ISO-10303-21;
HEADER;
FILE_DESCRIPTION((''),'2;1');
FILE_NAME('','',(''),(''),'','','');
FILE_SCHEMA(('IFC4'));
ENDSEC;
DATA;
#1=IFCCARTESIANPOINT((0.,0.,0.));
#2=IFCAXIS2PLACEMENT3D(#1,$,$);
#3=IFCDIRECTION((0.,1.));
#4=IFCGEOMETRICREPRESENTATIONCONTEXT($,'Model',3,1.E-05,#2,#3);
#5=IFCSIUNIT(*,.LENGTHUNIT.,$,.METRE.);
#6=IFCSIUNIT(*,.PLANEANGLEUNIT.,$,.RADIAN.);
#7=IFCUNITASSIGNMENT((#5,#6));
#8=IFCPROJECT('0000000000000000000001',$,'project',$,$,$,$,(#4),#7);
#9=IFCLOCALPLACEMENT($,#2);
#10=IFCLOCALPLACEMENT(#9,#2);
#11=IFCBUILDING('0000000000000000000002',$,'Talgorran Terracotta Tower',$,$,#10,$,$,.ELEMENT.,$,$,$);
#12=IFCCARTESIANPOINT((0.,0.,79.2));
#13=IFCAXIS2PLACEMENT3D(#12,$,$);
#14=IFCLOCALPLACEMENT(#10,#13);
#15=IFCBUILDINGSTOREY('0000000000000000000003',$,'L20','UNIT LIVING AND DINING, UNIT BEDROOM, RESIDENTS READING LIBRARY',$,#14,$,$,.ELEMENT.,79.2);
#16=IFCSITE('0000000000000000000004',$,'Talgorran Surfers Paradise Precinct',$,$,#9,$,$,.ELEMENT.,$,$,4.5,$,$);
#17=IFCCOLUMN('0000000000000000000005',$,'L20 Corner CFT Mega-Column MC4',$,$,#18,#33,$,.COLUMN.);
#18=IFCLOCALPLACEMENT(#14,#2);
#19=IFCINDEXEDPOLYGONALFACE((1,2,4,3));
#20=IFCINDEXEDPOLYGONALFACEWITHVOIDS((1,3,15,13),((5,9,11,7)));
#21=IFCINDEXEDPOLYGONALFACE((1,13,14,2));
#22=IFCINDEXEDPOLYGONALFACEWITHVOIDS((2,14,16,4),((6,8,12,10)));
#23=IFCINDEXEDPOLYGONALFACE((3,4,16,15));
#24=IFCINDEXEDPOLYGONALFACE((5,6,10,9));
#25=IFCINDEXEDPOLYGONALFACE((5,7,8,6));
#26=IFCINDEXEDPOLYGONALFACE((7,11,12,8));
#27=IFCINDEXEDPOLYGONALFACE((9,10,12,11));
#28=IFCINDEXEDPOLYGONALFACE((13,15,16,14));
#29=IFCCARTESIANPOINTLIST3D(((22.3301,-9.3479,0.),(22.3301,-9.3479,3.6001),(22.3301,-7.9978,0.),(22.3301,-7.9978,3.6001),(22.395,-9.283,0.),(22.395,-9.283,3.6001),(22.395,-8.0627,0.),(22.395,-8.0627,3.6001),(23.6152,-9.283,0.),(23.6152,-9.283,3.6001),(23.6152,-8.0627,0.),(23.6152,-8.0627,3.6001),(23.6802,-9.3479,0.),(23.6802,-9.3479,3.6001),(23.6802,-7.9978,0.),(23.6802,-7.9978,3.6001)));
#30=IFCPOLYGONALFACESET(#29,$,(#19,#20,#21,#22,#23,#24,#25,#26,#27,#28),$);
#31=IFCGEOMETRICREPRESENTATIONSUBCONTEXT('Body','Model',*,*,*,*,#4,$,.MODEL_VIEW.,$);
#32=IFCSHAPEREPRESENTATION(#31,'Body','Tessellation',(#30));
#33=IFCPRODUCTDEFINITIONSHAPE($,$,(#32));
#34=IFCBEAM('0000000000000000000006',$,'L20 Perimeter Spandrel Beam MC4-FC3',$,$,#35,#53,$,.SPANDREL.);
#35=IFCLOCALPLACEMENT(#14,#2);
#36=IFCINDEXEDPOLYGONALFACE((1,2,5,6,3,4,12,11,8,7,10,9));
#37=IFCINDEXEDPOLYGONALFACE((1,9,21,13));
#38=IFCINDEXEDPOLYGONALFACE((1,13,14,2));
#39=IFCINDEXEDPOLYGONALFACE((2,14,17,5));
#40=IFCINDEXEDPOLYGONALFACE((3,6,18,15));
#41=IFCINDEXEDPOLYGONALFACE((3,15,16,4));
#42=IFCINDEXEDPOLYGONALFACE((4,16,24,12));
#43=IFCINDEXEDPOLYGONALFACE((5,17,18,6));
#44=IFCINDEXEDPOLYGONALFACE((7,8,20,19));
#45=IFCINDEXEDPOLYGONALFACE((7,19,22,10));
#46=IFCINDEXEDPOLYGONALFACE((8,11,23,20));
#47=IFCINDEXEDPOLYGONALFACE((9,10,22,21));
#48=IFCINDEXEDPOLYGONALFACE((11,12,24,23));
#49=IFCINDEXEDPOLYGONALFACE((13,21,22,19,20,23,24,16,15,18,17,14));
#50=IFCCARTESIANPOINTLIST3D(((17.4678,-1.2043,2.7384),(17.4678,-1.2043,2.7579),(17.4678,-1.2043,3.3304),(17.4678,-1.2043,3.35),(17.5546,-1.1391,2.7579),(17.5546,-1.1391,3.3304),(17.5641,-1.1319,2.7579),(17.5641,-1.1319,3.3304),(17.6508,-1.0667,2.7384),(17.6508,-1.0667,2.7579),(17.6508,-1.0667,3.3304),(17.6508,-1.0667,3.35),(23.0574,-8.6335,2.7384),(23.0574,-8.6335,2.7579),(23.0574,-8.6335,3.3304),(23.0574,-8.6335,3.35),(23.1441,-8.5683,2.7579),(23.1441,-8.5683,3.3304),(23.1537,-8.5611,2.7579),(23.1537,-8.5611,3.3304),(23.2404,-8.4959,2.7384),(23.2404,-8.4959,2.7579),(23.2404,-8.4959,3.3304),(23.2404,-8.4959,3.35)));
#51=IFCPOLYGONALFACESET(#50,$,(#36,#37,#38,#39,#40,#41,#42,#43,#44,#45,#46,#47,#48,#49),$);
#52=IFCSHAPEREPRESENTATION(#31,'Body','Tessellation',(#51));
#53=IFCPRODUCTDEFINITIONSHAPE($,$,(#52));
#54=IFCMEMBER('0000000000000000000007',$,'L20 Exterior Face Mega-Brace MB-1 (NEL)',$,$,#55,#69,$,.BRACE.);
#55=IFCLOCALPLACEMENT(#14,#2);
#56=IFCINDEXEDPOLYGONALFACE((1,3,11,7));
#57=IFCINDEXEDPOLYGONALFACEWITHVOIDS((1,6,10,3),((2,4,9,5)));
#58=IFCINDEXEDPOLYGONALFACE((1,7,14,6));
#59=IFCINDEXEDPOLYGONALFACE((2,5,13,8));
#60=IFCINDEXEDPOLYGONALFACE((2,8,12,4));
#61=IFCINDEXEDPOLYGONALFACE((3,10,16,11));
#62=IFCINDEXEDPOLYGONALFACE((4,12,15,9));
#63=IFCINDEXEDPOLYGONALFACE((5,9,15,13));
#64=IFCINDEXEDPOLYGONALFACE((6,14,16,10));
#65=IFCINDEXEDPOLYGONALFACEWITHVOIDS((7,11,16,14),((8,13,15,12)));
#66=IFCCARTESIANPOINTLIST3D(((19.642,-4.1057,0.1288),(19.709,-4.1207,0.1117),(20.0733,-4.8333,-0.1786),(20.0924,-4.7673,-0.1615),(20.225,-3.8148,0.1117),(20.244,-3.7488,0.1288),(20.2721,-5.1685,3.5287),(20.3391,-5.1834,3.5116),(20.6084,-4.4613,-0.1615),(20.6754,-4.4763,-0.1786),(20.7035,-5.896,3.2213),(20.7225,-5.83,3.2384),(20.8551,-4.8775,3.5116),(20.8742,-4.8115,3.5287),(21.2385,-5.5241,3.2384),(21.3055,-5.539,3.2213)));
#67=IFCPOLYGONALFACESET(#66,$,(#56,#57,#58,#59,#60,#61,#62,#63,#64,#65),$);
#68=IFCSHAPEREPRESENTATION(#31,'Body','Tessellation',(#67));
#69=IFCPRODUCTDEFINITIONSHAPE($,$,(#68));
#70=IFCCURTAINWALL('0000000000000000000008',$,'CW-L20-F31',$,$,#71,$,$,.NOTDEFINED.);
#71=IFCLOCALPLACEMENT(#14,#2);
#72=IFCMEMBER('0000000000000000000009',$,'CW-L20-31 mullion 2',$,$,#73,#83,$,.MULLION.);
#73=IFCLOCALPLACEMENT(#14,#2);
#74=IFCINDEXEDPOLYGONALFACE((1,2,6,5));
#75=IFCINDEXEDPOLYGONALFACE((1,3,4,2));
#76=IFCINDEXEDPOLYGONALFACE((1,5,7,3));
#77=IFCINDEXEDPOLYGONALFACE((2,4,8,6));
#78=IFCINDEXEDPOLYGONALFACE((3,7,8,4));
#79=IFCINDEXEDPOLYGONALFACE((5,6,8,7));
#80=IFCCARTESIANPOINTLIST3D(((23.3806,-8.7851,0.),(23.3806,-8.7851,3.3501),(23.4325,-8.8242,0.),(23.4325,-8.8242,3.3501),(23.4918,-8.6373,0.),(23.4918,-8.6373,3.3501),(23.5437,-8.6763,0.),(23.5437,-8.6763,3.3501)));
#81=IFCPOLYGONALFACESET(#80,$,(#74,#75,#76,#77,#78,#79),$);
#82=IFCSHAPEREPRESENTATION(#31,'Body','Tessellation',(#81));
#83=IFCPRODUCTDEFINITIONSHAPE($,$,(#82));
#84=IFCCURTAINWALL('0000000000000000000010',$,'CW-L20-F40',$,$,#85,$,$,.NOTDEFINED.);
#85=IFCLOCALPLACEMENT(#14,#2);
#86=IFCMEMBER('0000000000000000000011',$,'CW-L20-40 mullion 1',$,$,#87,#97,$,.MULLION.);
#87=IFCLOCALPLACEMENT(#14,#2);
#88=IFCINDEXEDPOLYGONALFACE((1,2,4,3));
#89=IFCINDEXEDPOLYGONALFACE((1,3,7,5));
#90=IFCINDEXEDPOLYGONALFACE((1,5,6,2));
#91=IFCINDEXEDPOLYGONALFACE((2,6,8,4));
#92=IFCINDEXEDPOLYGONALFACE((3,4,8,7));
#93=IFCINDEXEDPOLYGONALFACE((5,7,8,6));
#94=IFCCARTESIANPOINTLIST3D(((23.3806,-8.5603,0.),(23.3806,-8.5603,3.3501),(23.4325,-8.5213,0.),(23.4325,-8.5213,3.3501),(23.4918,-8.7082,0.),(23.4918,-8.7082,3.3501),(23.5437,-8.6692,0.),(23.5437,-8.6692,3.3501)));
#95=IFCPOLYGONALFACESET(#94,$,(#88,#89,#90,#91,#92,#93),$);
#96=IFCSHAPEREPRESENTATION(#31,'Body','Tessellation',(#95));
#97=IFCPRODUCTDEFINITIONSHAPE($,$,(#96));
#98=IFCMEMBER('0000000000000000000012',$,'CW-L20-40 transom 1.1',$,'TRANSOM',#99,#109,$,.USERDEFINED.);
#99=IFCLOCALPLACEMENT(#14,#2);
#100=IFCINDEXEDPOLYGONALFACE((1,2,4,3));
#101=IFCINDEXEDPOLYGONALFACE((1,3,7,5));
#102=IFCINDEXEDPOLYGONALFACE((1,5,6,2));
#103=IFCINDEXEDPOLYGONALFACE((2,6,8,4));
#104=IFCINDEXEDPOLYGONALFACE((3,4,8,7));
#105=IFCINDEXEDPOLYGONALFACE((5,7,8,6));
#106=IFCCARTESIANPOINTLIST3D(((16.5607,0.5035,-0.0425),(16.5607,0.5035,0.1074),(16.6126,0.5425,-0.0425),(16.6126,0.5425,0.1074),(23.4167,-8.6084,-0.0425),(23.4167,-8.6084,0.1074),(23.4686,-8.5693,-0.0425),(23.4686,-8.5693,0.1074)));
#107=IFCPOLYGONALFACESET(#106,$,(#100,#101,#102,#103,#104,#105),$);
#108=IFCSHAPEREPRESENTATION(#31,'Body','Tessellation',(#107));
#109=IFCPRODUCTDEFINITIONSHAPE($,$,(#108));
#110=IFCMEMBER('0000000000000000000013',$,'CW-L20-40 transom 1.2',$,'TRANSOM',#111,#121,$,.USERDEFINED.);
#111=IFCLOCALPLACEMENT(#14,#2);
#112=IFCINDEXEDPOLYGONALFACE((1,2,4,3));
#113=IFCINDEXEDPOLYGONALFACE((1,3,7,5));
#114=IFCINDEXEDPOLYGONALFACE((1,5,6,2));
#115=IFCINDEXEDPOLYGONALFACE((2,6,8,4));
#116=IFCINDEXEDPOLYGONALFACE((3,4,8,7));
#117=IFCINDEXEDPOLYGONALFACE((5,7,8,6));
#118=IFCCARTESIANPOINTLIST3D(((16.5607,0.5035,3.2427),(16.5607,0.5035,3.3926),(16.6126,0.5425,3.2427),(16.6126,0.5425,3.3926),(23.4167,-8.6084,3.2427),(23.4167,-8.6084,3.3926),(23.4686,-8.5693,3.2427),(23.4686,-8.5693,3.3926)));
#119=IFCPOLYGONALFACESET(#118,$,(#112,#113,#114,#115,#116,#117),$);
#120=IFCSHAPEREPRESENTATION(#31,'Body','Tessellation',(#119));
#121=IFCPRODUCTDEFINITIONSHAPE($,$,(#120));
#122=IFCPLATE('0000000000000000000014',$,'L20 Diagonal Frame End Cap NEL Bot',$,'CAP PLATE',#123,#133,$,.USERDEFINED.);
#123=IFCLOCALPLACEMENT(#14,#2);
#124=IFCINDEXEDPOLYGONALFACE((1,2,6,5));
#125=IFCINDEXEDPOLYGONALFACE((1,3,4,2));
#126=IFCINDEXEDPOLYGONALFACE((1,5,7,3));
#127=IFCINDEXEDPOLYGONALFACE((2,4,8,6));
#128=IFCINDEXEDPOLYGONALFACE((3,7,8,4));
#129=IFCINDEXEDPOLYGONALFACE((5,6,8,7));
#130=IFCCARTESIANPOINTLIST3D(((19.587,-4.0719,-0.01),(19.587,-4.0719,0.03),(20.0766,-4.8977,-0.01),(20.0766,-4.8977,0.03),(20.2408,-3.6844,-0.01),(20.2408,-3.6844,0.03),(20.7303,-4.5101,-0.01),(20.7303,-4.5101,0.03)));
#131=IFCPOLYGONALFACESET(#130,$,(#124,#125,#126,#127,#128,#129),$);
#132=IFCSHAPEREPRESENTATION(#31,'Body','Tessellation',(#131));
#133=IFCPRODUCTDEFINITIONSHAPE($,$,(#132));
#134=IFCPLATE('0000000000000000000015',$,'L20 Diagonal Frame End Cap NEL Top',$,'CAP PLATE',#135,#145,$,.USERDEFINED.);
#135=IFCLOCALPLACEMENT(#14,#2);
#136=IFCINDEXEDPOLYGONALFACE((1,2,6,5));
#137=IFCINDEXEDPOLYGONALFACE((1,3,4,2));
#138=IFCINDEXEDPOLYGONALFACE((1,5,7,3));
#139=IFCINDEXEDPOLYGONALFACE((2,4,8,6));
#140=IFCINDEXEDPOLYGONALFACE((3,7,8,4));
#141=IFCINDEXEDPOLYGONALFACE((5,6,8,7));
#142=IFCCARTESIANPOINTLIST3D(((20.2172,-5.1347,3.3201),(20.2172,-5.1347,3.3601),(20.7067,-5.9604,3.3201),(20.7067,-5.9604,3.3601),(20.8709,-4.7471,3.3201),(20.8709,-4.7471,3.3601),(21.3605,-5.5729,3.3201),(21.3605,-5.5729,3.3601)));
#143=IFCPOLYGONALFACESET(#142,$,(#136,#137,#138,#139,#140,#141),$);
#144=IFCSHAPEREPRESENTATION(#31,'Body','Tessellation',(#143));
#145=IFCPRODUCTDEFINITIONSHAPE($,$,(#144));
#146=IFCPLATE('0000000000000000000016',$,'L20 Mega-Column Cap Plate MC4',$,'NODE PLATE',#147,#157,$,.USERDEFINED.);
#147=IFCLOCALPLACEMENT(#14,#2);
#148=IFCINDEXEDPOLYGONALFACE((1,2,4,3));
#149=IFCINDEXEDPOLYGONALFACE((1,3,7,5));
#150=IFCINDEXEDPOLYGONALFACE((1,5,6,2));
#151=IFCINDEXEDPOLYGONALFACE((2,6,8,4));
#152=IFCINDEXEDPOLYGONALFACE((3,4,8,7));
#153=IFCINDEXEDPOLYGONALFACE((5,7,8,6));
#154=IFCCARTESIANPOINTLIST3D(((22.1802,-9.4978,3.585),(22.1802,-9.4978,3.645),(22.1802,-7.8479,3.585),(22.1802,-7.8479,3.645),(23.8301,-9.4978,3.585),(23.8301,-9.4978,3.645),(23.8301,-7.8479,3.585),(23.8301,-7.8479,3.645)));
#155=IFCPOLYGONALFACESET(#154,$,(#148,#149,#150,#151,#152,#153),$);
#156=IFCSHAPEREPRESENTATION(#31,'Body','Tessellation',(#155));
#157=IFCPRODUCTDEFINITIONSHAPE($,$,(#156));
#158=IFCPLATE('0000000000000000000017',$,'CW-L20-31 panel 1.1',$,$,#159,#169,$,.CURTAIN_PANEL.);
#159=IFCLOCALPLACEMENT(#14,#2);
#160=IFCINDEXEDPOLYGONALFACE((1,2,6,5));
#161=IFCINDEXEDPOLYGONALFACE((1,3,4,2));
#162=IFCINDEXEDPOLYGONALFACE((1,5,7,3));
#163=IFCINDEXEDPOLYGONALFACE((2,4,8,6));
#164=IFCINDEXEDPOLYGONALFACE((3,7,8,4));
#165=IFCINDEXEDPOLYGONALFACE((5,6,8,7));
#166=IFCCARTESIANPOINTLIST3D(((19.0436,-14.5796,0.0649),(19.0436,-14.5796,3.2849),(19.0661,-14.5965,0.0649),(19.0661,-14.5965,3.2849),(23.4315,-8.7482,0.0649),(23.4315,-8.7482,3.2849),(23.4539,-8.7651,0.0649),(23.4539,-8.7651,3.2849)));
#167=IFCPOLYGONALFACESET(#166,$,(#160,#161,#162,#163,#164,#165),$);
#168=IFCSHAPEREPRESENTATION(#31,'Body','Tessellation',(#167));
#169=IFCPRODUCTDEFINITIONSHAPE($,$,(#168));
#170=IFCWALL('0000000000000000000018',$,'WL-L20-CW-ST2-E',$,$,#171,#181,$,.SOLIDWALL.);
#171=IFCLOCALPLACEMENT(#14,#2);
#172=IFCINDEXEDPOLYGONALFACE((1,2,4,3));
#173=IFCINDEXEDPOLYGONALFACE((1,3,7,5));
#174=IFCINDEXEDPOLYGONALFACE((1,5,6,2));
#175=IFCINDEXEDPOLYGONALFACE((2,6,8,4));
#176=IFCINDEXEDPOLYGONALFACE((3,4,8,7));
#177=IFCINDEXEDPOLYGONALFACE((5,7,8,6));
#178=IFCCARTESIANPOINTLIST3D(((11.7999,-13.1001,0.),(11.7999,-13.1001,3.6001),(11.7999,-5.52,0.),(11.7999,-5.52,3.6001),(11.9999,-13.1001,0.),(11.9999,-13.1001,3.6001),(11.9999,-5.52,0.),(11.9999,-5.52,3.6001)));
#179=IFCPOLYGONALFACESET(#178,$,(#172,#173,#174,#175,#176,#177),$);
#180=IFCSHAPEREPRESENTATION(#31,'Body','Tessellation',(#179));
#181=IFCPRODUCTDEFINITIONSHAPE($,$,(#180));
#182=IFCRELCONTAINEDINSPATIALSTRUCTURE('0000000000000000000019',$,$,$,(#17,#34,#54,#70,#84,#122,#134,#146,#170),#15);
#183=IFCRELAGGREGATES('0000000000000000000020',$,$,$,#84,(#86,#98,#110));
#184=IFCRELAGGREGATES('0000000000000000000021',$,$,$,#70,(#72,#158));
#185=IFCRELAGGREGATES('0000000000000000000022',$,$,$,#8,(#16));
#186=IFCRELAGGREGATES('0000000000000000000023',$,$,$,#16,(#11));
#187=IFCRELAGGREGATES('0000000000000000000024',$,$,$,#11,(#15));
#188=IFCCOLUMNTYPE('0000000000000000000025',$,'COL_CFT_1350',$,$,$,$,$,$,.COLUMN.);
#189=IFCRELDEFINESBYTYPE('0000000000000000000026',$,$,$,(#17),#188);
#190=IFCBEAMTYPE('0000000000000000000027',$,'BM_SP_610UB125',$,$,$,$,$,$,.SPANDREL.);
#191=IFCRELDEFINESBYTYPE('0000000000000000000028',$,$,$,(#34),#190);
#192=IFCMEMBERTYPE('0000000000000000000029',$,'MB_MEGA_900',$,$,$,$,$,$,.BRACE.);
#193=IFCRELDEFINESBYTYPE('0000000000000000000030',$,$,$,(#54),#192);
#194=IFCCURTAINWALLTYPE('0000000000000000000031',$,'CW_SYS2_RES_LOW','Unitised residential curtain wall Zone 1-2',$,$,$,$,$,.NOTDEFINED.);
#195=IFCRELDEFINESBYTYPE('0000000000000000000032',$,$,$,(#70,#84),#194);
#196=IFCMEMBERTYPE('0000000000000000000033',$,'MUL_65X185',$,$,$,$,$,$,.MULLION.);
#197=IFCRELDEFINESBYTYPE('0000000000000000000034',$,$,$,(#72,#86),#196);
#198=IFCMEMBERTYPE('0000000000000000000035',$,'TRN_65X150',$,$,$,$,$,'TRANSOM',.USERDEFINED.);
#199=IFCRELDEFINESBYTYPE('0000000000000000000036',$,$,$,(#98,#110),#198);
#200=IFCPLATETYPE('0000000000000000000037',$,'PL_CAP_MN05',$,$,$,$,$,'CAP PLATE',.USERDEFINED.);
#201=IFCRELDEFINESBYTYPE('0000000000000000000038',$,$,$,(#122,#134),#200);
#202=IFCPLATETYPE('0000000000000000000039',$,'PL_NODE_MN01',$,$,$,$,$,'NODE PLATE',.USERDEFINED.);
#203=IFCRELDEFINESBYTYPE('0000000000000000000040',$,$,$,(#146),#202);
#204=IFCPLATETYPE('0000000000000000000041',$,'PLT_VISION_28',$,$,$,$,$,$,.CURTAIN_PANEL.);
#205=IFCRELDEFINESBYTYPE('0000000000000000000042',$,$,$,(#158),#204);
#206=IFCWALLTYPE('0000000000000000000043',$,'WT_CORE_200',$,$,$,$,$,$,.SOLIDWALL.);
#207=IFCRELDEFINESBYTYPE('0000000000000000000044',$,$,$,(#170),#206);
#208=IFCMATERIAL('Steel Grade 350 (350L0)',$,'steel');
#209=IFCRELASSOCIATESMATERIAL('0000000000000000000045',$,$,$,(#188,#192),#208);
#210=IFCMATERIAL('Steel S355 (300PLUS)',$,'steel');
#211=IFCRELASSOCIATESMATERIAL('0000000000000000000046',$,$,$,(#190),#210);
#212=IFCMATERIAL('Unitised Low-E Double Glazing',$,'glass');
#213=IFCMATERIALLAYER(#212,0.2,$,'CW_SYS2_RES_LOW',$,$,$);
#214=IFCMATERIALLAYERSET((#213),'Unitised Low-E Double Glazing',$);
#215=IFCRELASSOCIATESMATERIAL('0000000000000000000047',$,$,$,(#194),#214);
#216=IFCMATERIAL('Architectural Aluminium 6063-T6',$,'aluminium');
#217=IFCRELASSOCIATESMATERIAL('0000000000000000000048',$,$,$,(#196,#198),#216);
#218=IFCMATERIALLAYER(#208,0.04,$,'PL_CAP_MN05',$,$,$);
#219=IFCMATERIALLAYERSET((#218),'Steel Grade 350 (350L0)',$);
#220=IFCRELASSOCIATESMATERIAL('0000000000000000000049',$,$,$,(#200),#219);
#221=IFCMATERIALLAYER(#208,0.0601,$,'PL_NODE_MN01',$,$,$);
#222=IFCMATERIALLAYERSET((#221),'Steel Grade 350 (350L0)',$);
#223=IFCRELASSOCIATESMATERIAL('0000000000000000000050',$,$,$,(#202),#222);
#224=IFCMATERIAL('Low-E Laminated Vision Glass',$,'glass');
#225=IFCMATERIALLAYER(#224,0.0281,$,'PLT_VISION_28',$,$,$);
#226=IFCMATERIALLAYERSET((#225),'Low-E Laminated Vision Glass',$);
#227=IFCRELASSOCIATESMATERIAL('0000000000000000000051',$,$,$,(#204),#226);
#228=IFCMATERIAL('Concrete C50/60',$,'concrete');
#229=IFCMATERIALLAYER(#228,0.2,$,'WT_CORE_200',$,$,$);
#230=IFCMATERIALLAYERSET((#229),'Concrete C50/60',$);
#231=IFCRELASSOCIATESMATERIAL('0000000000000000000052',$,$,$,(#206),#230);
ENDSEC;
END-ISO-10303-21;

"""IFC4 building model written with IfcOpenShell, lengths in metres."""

from ifc_helpers import new_model, si_unit, direction, frame, frame_2d, origin, origin_2d, place, context, subcontext, project, spatial, rectangle, hollow_rectangle, i_section, extrude, source, transform, mapped, material, layer, layer_set, material_profile, profile_set, type_object, type_shapes, element, aggregate, save


model = new_model("IFC4")

# Units and contexts
model_context = context("Model", 3, precision=1e-05, world=origin(), true_north=direction((0.0, 1.0)))
body_context = subcontext(model_context, "Body", "Model", "MODEL_VIEW")
ifc_project = project(units=[si_unit("LENGTHUNIT", "METRE"), si_unit("PLANEANGLEUNIT", "RADIAN")], contexts=[model_context])

# Site, building, storey
site_placement = place(None, origin())
site = spatial("IfcSite", under=ifc_project, at=site_placement, Name="Talgorran Surfers Paradise Precinct", CompositionType="ELEMENT", RefElevation=4.5)
building_placement = place(site_placement, origin())
building = spatial("IfcBuilding", under=site, at=building_placement, Name="Talgorran Terracotta Tower", CompositionType="ELEMENT")
storey_placement = place(building_placement, frame((0.0, 0.0, 79.2)))
storey = spatial("IfcBuildingStorey", under=building, at=storey_placement, Name="L20", Description="UNIT LIVING AND DINING, UNIT BEDROOM, RESIDENTS READING LIBRARY", CompositionType="ELEMENT", Elevation=79.2)

# Column
ifc_material_1 = material(Name="Steel Grade 350 (350L0)", Category="steel")
ifc_material_profile_1 = material_profile(ifc_material_1, hollow_rectangle(XDim=1.3501, YDim=1.3501, WallThickness=0.0649, at=origin_2d()), Name="CFT1350X1350X65")
ifc_profile_set_1 = profile_set([ifc_material_profile_1], Name="Steel Grade 350 (350L0)")
column_type = type_object("IfcColumnType", Name="COL_CFT_1350", PredefinedType="COLUMN", material=ifc_profile_set_1)
column_placement = place(storey_placement, frame((23.0051, -8.6729, 0.0), z_axis=(0.0, 0.0, 1.0), x_axis=(1.0, 0.0, 0.0)))
element("IfcColumn", 1, at=column_placement, inside=storey, type_object=column_type, Name="L20 Corner CFT Mega-Column MC4", PredefinedType="COLUMN", context=body_context, shape_type="SweptSolid", body=[
    extrude(hollow_rectangle(XDim=1.3501, YDim=1.3501, WallThickness=0.0649, at=origin_2d()), origin(), (0.0, 0.0, 1.0), 3.6001),
])

# Beam
ifc_material_2 = material(Name="Steel S355 (300PLUS)", Category="steel")
ifc_material_profile_2 = material_profile(ifc_material_2, i_section(OverallWidth=0.229, OverallDepth=0.6116, WebThickness=0.012, FlangeThickness=0.0195, at=origin_2d()), Name="610UB125")
ifc_profile_set_2 = profile_set([ifc_material_profile_2], Name="Steel S355 (300PLUS)")
beam_type = type_object("IfcBeamType", Name="BM_SP_610UB125", PredefinedType="SPANDREL", material=ifc_profile_set_2)
beam_placement = place(storey_placement, frame((23.1489, -8.5647, 3.0442), z_axis=(-0.601218, 0.799085, 0.0), x_axis=(-0.799085, -0.601218, 0.0)))
element("IfcBeam", 2, at=beam_placement, inside=storey, type_object=beam_type, Name="L20 Perimeter Spandrel Beam MC4-FC3", PredefinedType="SPANDREL", context=body_context, shape_type="SweptSolid", body=[
    extrude(i_section(OverallWidth=0.229, OverallDepth=0.6116, WebThickness=0.012, FlangeThickness=0.0195, at=origin_2d()), origin(), (0.0, 0.0, 1.0), 9.2971),
])

# Member
ifc_material_profile_3 = material_profile(ifc_material_1, hollow_rectangle(XDim=0.7, YDim=0.8999, WallThickness=0.05, at=origin_2d()), Name="WBOX900X700X50")
ifc_profile_set_3 = profile_set([ifc_material_profile_3], Name="Steel Grade 350 (350L0)")
member_type_1 = type_object("IfcMemberType", Name="MB_MEGA_900", PredefinedType="BRACE", material=ifc_profile_set_3)
member_1_placement = place(storey_placement, frame((20.1587, -4.291, -0.0249), z_axis=(0.174192, -0.293784, 0.939866), x_axis=(0.860166, 0.510014, 0.0)))
element("IfcMember", 3, at=member_1_placement, inside=storey, type_object=member_type_1, Name="L20 Exterior Face Mega-Brace MB-1 (NEL)", PredefinedType="BRACE", context=body_context, shape_type="SweptSolid", body=[
    extrude(hollow_rectangle(XDim=0.7, YDim=0.8999, WallThickness=0.05, at=origin_2d()), origin(), (0.0, 0.0, 1.0), 3.6174),
])

# Curtain wall, member
ifc_material_3 = material(Name="Unitised Low-E Double Glazing", Category="glass")
ifc_layer_1 = layer(ifc_material_3, 0.2, Name="CW_SYS2_RES_LOW")
ifc_layer_set_1 = layer_set([ifc_layer_1], Name="Unitised Low-E Double Glazing")
curtain_wall_type = type_object("IfcCurtainWallType", Name="CW_SYS2_RES_LOW", Description="Unitised residential curtain wall Zone 1-2", PredefinedType="NOTDEFINED", material=ifc_layer_set_1)
curtain_wall_1_placement = place(storey_placement, origin())
curtain_wall_1 = element("IfcCurtainWall", 4, at=curtain_wall_1_placement, inside=storey, type_object=curtain_wall_type, Name="CW-L20-F31", PredefinedType="NOTDEFINED")
ifc_material_4 = material(Name="Architectural Aluminium 6063-T6", Category="aluminium")
ifc_material_profile_4 = material_profile(ifc_material_4, rectangle(XDim=0.0649, YDim=0.1851, at=origin_2d()), Name="CWM65X185")
ifc_profile_set_4 = profile_set([ifc_material_profile_4], Name="Architectural Aluminium 6063-T6")
member_type_2 = type_object("IfcMemberType", Name="MUL_65X185", PredefinedType="MULLION", material=ifc_profile_set_4)
member_2_placement = place(storey_placement, frame((23.4622, -8.7307, 0.0), z_axis=(0.0, 0.0, 1.0), x_axis=(-0.79906, 0.601251, 0.0)))
member_2 = element("IfcMember", 5, at=member_2_placement, type_object=member_type_2, Name="CW-L20-31 mullion 2", PredefinedType="MULLION", context=body_context, shape_type="SweptSolid", body=[
    extrude(rectangle(XDim=0.0649, YDim=0.1851, at=origin_2d()), origin(), (0.0, 0.0, 1.0), 3.3501),
])

# Curtain wall, members
curtain_wall_2_placement = place(storey_placement, origin())
curtain_wall_2 = element("IfcCurtainWall", 6, at=curtain_wall_2_placement, inside=storey, type_object=curtain_wall_type, Name="CW-L20-F40", PredefinedType="NOTDEFINED")
member_3_placement = place(storey_placement, frame((23.4622, -8.6147, 0.0), z_axis=(0.0, 0.0, 1.0), x_axis=(-0.799065, -0.601245, 0.0)))
member_3 = element("IfcMember", 7, at=member_3_placement, type_object=member_type_2, Name="CW-L20-40 mullion 1", PredefinedType="MULLION", context=body_context, shape_type="SweptSolid", body=[
    extrude(rectangle(XDim=0.0649, YDim=0.1851, at=origin_2d()), origin(), (0.0, 0.0, 1.0), 3.3501),
])
ifc_material_profile_5 = material_profile(ifc_material_4, rectangle(XDim=0.0649, YDim=0.1499, at=origin_2d()), Name="CWT65X150")
ifc_profile_set_5 = profile_set([ifc_material_profile_5], Name="Architectural Aluminium 6063-T6")
member_type_3 = type_object("IfcMemberType", Name="TRN_65X150", ElementType="TRANSOM", PredefinedType="USERDEFINED", material=ifc_profile_set_5)
member_4_placement = place(storey_placement, frame((23.4426, -8.5889, 0.0325), z_axis=(-0.601239, 0.799069, 0.0), x_axis=(-0.799069, -0.601239, 0.0)))
member_4 = element("IfcMember", 8, at=member_4_placement, type_object=member_type_3, Name="CW-L20-40 transom 1.1", ObjectType="TRANSOM", PredefinedType="USERDEFINED", context=body_context, shape_type="SweptSolid", body=[
    extrude(rectangle(XDim=0.0649, YDim=0.1499, at=origin_2d()), origin(), (0.0, 0.0, 1.0), 11.4031),
])
member_5_placement = place(storey_placement, frame((23.4426, -8.5889, 3.3176), z_axis=(-0.601239, 0.799069, 0.0), x_axis=(-0.799069, -0.601239, 0.0)))
member_5 = element("IfcMember", 9, at=member_5_placement, type_object=member_type_3, Name="CW-L20-40 transom 1.2", ObjectType="TRANSOM", PredefinedType="USERDEFINED", context=body_context, shape_type="SweptSolid", body=[
    extrude(rectangle(XDim=0.0649, YDim=0.1499, at=origin_2d()), origin(), (0.0, 0.0, 1.0), 11.4031),
])
aggregate(curtain_wall_2, [member_3, member_4, member_5])

# Plates
ifc_layer_2 = layer(ifc_material_1, 0.04, Name="PL_CAP_MN05")
ifc_layer_set_2 = layer_set([ifc_layer_2], Name="Steel Grade 350 (350L0)")
plate_type_1 = type_object("IfcPlateType", Name="PL_CAP_MN05", ElementType="CAP PLATE", PredefinedType="USERDEFINED", material=ifc_layer_set_2)
for number, where, z_axis, x_axis, name in (
    (10, (20.1587, -4.291, -0.01), (0.0, 0.0, 1.0), (0.509943, -0.860208, 0.0), "L20 Diagonal Frame End Cap NEL Bot"),
    (11, (20.7888, -5.3538, 3.3201), (0.0, 0.0, 1.0), (0.509943, -0.860208, 0.0), "L20 Diagonal Frame End Cap NEL Top"),
):
    element("IfcPlate", number, at=place(storey_placement, frame(where, z_axis=z_axis, x_axis=x_axis)), inside=storey, type_object=plate_type_1, Name=name, ObjectType="CAP PLATE", PredefinedType="USERDEFINED", context=body_context, shape_type="SweptSolid", body=[
        extrude(rectangle(XDim=0.96, YDim=0.76, at=origin_2d()), origin(), (0.0, 0.0, 1.0), 0.04),
    ])
ifc_layer_3 = layer(ifc_material_1, 0.0601, Name="PL_NODE_MN01")
ifc_layer_set_3 = layer_set([ifc_layer_3], Name="Steel Grade 350 (350L0)")
plate_type_2 = type_object("IfcPlateType", Name="PL_NODE_MN01", ElementType="NODE PLATE", PredefinedType="USERDEFINED", material=ifc_layer_set_3)
plate_1_placement = place(storey_placement, frame((23.0051, -8.6729, 3.585), z_axis=(0.0, 0.0, 1.0), x_axis=(1.0, 0.0, 0.0)))
element("IfcPlate", 12, at=plate_1_placement, inside=storey, type_object=plate_type_2, Name="L20 Mega-Column Cap Plate MC4", ObjectType="NODE PLATE", PredefinedType="USERDEFINED", context=body_context, shape_type="SweptSolid", body=[
    extrude(rectangle(XDim=1.6499, YDim=1.6499, at=origin_2d()), origin(), (0.0, 0.0, 1.0), 0.0601),
])

# Plate
ifc_material_5 = material(Name="Low-E Laminated Vision Glass", Category="glass")
ifc_layer_4 = layer(ifc_material_5, 0.0281, Name="PLT_VISION_28")
ifc_layer_set_4 = layer_set([ifc_layer_4], Name="Low-E Laminated Vision Glass")
plate_type_3 = type_object("IfcPlateType", Name="PLT_VISION_28", PredefinedType="CURTAIN_PANEL", material=ifc_layer_set_4)
shared_shape = source(origin(), body_context, "Body", "SweptSolid", [
    extrude(rectangle(XDim=7.2979, YDim=0.0281, at=origin_2d()), origin(), (0.0, 0.0, 1.0), 3.22),
])
type_shapes(plate_type_3, [shared_shape])
plate_2_placement = place(storey_placement, frame((21.2488, -11.6724, 0.0649), z_axis=(0.0, 0.0, 1.0), x_axis=(0.601251, 0.79906, 0.0)))
plate_2 = element("IfcPlate", 13, at=plate_2_placement, type_object=plate_type_3, Name="CW-L20-31 panel 1.1", PredefinedType="CURTAIN_PANEL", context=body_context, shape_type="MappedRepresentation", body=[
    mapped(shared_shape, transform((0.0, 0.0, 0.0), scale=1.0)),
])
aggregate(curtain_wall_1, [member_2, plate_2])

# Wall
ifc_material_6 = material(Name="Concrete C50/60", Category="concrete")
ifc_layer_5 = layer(ifc_material_6, 0.2, Name="WT_CORE_200")
ifc_layer_set_5 = layer_set([ifc_layer_5], Name="Concrete C50/60")
wall_type_1 = type_object("IfcWallType", Name="WT_CORE_200", PredefinedType="SOLIDWALL", material=ifc_layer_set_5)
wall_1_placement = place(storey_placement, frame((11.8999, -13.1001, 0.0), z_axis=(0.0, 0.0, 1.0), x_axis=(0.0, 1.0, 0.0)))
element("IfcWall", 14, at=wall_1_placement, inside=storey, type_object=wall_type_1, Name="WL-L20-CW-ST2-E", PredefinedType="SOLIDWALL", context=body_context, shape_type="SweptSolid", body=[
    extrude(rectangle(XDim=7.5801, YDim=0.2, at=frame_2d((3.79, 0.0))), origin(), (0.0, 0.0, 1.0), 3.6001),
])

save(model, "model.ifc")
